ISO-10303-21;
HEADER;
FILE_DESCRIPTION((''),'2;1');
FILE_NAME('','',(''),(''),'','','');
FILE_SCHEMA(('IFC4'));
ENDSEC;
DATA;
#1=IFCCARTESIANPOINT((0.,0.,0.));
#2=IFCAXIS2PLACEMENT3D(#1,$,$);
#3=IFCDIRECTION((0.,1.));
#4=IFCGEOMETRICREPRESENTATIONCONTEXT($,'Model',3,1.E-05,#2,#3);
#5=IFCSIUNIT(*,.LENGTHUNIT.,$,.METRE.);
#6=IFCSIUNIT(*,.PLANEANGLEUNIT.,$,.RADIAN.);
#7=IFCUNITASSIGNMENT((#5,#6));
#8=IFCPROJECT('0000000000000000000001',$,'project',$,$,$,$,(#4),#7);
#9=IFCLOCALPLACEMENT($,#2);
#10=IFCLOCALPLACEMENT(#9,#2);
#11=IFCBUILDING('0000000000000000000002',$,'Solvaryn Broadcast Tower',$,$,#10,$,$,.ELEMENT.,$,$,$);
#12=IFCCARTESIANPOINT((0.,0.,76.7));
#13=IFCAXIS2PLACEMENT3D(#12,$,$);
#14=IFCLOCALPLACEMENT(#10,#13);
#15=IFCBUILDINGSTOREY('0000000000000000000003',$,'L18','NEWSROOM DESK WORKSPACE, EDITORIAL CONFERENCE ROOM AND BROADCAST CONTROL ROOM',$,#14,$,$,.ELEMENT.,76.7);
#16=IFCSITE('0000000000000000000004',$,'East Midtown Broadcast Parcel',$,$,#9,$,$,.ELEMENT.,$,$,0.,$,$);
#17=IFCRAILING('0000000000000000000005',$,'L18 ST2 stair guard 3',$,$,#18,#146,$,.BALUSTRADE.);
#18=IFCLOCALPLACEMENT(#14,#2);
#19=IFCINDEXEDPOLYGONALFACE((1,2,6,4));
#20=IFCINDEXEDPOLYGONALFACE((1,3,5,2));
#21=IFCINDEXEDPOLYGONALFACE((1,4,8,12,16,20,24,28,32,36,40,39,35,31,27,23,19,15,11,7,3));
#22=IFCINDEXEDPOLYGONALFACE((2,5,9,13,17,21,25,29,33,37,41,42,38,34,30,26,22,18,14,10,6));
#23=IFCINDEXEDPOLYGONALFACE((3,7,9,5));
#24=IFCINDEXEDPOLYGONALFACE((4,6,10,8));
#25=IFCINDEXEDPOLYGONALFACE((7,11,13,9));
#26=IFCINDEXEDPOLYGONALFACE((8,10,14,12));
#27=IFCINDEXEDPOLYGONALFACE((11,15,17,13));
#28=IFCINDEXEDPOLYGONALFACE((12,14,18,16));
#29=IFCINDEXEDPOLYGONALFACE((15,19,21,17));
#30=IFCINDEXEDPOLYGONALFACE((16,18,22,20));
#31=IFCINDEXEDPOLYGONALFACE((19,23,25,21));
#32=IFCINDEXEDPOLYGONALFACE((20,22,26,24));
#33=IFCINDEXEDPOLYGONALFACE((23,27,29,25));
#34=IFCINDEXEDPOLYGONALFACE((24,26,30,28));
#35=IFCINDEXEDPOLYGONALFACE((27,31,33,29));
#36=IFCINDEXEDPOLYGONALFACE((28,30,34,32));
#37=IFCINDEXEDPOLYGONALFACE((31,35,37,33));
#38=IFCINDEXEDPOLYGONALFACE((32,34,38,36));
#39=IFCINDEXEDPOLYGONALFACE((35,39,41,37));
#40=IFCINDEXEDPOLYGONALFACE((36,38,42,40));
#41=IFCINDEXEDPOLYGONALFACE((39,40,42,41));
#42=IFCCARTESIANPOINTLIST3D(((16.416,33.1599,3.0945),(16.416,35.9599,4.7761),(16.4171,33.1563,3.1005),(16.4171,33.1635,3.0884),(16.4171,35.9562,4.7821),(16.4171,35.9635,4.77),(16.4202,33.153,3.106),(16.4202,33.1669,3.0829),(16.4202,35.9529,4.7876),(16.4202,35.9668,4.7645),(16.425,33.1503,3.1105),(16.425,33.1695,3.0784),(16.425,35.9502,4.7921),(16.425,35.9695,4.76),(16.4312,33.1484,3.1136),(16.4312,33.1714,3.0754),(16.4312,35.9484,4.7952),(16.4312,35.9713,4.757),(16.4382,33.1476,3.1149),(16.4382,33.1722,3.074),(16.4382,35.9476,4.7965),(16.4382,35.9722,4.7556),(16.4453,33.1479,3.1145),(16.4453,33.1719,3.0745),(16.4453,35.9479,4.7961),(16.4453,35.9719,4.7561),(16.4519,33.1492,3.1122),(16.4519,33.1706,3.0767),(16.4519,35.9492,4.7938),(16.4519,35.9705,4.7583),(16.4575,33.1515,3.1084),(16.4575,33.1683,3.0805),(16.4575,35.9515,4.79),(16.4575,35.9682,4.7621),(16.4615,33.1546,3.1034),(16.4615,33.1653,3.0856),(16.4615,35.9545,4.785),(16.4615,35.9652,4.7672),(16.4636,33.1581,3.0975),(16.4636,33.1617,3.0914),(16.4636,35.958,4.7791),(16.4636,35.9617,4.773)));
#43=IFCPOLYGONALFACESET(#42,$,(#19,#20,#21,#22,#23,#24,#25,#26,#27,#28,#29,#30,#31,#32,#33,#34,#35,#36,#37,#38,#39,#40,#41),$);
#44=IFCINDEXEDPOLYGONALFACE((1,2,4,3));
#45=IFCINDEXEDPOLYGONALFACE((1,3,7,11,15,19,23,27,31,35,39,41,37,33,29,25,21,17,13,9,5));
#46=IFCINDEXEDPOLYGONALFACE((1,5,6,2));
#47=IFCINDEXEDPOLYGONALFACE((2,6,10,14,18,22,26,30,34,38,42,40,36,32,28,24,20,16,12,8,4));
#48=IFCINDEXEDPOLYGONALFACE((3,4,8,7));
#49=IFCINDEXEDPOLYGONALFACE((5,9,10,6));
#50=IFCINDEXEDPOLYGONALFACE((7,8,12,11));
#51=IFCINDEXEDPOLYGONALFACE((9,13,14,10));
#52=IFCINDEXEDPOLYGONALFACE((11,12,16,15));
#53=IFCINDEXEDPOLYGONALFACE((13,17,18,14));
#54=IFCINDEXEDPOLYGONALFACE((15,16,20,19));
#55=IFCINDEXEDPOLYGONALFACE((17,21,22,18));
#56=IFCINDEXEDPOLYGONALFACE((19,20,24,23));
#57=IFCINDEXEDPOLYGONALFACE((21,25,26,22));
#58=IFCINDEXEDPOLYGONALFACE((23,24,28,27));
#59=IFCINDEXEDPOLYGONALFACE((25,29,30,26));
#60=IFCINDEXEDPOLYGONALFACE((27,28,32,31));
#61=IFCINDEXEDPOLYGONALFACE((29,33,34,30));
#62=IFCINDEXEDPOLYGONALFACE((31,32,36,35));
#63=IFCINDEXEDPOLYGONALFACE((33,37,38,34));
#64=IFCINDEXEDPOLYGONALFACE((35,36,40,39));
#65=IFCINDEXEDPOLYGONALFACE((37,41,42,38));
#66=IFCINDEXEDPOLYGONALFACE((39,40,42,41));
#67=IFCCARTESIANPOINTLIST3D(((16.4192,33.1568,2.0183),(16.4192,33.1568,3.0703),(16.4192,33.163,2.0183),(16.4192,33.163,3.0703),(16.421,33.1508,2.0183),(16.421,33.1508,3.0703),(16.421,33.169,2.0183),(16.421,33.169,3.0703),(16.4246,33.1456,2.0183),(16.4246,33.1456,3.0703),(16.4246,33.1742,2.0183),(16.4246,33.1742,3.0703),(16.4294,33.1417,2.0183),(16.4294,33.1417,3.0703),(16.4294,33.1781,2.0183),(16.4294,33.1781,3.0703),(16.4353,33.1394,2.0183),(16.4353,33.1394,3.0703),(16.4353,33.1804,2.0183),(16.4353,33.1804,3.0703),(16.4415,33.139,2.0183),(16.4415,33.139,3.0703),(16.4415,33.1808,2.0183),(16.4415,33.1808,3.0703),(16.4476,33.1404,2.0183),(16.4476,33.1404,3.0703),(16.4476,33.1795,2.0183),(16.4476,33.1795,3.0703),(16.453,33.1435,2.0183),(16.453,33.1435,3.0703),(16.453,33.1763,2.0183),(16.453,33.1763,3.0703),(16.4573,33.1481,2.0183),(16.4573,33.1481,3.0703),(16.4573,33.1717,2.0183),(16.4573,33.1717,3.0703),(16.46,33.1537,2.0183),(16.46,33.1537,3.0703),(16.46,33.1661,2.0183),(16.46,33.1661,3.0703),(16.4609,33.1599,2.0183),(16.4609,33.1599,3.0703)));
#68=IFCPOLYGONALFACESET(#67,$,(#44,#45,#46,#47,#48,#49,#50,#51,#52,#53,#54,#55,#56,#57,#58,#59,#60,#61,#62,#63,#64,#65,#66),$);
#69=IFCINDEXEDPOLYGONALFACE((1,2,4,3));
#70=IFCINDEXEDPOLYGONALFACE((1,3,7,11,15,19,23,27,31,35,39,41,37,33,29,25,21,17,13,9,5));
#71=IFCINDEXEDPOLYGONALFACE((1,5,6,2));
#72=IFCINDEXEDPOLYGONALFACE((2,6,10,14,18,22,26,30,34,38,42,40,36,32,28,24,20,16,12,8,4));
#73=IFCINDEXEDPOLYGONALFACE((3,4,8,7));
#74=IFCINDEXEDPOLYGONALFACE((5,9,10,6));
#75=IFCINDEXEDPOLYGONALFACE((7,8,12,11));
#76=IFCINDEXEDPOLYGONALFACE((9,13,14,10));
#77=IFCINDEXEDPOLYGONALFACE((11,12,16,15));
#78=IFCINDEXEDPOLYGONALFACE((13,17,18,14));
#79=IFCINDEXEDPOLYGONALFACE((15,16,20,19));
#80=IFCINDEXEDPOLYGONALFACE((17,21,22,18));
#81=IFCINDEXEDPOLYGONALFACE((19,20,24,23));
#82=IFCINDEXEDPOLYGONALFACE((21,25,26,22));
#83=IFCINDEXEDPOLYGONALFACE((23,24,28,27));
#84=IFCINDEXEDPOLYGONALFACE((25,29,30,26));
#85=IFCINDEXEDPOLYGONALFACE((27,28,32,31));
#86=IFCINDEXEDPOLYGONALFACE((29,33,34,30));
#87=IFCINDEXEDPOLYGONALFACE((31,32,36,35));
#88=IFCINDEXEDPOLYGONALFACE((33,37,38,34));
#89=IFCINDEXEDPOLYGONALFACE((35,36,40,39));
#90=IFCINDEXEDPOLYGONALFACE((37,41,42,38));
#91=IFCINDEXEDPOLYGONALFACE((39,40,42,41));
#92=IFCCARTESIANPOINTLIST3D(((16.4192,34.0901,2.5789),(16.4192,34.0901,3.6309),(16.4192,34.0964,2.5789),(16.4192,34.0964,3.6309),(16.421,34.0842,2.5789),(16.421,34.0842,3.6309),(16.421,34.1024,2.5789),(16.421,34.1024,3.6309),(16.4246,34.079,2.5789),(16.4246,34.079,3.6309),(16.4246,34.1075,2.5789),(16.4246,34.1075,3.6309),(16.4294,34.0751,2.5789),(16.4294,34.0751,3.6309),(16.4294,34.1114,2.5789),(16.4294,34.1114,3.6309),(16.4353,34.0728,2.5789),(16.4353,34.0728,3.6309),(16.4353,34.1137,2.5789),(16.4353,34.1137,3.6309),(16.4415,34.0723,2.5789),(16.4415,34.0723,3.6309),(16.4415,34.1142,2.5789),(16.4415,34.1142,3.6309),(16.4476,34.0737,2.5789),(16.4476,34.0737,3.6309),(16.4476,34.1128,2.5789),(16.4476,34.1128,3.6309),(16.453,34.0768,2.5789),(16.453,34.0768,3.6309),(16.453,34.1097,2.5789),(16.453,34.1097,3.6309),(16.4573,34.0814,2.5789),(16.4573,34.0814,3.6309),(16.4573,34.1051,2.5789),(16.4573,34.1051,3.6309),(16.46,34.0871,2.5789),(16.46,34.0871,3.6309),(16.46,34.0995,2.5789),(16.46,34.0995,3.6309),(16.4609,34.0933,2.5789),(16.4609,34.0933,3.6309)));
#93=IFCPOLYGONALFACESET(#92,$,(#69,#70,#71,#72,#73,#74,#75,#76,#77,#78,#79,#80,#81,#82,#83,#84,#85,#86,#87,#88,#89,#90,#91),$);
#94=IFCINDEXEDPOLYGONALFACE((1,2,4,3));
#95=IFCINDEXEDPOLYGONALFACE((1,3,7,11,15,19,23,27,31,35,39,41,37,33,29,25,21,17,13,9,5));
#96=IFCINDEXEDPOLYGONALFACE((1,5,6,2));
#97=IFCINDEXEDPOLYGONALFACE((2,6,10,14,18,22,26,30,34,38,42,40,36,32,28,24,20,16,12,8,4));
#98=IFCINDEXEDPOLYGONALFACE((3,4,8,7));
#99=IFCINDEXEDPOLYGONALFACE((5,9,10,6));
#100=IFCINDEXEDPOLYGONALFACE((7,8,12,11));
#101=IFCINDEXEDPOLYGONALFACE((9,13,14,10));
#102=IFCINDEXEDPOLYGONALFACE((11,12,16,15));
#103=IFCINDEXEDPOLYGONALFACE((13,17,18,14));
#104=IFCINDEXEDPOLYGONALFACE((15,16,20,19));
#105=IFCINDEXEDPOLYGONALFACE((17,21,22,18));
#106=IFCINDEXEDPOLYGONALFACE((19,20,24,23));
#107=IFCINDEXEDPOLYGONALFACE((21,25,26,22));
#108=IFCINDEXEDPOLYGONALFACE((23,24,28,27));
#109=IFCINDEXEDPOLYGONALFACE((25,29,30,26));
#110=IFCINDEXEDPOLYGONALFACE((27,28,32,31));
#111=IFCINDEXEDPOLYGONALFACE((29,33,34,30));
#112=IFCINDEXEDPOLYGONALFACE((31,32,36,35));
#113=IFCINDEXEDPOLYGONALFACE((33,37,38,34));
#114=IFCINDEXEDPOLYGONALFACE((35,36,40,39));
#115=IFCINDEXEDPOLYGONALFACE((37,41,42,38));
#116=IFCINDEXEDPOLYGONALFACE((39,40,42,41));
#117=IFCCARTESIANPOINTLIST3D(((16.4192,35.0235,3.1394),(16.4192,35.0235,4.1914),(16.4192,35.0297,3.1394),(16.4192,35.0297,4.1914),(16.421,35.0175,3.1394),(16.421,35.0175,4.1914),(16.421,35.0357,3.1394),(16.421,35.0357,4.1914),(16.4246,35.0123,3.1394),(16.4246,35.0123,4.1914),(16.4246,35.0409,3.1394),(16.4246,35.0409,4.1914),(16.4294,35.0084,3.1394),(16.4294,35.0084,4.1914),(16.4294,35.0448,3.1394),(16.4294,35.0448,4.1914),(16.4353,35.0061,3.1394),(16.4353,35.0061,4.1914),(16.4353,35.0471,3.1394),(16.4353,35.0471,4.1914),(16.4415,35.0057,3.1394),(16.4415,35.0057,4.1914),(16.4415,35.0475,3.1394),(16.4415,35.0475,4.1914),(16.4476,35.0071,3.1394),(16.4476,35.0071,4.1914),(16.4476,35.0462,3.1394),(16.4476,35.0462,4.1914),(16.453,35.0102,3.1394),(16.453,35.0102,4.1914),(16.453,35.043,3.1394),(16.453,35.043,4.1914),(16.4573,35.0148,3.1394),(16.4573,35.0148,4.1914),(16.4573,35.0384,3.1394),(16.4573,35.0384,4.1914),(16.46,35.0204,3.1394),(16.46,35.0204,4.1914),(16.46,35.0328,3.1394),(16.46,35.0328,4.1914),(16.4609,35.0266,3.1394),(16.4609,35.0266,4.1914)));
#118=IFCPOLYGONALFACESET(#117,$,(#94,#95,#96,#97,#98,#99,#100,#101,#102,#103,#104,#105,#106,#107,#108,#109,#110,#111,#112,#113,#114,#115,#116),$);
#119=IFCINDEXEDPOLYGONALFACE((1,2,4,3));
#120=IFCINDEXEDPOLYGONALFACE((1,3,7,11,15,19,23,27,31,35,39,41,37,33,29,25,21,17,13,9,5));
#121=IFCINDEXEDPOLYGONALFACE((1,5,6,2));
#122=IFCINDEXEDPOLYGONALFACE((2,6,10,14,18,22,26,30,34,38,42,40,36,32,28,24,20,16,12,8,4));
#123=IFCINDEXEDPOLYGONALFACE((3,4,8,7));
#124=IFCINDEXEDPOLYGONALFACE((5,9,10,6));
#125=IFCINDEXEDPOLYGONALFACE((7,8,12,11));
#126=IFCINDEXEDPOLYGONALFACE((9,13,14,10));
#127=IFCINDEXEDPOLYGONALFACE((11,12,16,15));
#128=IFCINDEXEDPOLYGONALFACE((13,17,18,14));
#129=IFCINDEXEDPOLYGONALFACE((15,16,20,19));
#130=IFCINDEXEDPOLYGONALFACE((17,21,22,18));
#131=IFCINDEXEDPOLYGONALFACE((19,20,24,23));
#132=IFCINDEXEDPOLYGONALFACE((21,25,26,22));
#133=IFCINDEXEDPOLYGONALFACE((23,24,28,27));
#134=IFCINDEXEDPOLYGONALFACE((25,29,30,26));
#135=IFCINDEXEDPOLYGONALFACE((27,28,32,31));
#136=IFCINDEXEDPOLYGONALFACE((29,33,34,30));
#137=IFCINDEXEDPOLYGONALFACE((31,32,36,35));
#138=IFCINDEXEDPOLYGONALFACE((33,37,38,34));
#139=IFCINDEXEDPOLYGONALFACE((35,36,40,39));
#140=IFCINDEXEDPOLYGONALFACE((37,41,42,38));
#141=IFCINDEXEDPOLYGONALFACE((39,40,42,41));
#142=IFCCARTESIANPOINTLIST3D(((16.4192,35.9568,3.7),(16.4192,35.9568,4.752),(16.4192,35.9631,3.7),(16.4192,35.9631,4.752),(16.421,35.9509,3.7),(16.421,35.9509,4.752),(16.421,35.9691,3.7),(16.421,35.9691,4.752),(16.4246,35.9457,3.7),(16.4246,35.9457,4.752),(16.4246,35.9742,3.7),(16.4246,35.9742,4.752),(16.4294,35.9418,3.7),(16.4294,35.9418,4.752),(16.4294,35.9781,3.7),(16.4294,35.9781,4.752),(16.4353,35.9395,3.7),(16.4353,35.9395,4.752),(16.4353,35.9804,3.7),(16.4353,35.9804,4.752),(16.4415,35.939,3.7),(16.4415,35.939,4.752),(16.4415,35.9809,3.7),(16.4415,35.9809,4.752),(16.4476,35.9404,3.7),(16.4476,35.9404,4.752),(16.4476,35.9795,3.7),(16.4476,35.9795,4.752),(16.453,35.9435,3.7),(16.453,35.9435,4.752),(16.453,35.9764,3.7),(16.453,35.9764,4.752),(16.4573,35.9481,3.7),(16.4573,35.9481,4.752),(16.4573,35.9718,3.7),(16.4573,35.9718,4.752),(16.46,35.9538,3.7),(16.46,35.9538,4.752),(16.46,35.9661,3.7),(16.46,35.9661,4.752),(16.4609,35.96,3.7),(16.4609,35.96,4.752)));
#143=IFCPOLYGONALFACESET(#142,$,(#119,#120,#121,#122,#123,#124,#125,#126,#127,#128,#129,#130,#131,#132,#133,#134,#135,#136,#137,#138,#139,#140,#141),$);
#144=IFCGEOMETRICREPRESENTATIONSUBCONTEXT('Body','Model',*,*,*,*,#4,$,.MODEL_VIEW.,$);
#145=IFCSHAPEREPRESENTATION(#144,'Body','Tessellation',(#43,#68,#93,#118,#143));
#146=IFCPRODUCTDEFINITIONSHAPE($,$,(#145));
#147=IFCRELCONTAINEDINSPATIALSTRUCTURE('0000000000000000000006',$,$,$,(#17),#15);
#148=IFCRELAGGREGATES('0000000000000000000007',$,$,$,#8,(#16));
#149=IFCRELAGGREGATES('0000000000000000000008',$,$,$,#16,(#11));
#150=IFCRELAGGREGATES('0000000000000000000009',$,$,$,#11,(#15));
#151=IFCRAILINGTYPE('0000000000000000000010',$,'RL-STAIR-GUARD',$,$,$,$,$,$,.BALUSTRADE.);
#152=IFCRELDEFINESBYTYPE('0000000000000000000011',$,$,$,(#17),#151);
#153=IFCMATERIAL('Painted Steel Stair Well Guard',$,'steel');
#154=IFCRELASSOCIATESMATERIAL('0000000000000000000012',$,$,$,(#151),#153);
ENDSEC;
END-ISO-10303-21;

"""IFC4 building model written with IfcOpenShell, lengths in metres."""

from ifc_helpers import new_model, si_unit, direction, frame, origin, origin_2d, place, context, subcontext, project, spatial, circle, extrude, material, type_object, element, save


model = new_model("IFC4")

# Units and contexts
model_context = context("Model", 3, precision=1e-05, world=origin(), true_north=direction((0.0, 1.0)))
body_context = subcontext(model_context, "Body", "Model", "MODEL_VIEW")
ifc_project = project(units=[si_unit("LENGTHUNIT", "METRE"), si_unit("PLANEANGLEUNIT", "RADIAN")], contexts=[model_context])

# Site, building, storey
site_placement = place(None, origin())
site = spatial("IfcSite", under=ifc_project, at=site_placement, Name="East Midtown Broadcast Parcel", CompositionType="ELEMENT", RefElevation=0.0)
building_placement = place(site_placement, origin())
building = spatial("IfcBuilding", under=site, at=building_placement, Name="Solvaryn Broadcast Tower", CompositionType="ELEMENT")
storey_placement = place(building_placement, frame((0.0, 0.0, 76.7)))
storey = spatial("IfcBuildingStorey", under=building, at=storey_placement, Name="L18", Description="NEWSROOM DESK WORKSPACE, EDITORIAL CONFERENCE ROOM AND BROADCAST CONTROL ROOM", CompositionType="ELEMENT", Elevation=76.7)

# Railing
ifc_material_1 = material(Name="Painted Steel Stair Well Guard", Category="steel")
railing_type_1 = type_object("IfcRailingType", Name="RL-STAIR-GUARD", PredefinedType="BALUSTRADE", material=ifc_material_1)
railing_1_placement = place(storey_placement, frame((16.4399, 33.1599, 2.0183)))
element("IfcRailing", 1, at=railing_1_placement, inside=storey, type_object=railing_type_1, Name="L18 ST2 stair guard 3", PredefinedType="BALUSTRADE", context=body_context, shape_type="SweptSolid", body=[
    extrude(circle(Radius=0.0239, at=origin_2d()), frame((0.0, 0.0, 1.0762), z_axis=(0.0, 0.857275, 0.514858), x_axis=(-1.0, 0.0, 0.0)), (0.0, 0.0, 1.0), 3.2661),
    extrude(circle(Radius=0.021, at=origin_2d()), origin(), (0.0, 0.0, 1.0), 1.052),
    extrude(circle(Radius=0.021, at=origin_2d()), frame((0.0, 0.9333, 0.5605)), (0.0, 0.0, 1.0), 1.052),
    extrude(circle(Radius=0.021, at=origin_2d()), frame((0.0, 1.8667, 1.1211)), (0.0, 0.0, 1.0), 1.052),
    extrude(circle(Radius=0.021, at=origin_2d()), frame((0.0, 2.8, 1.6816)), (0.0, 0.0, 1.0), 1.052),
])

save(model, "model.ifc")
